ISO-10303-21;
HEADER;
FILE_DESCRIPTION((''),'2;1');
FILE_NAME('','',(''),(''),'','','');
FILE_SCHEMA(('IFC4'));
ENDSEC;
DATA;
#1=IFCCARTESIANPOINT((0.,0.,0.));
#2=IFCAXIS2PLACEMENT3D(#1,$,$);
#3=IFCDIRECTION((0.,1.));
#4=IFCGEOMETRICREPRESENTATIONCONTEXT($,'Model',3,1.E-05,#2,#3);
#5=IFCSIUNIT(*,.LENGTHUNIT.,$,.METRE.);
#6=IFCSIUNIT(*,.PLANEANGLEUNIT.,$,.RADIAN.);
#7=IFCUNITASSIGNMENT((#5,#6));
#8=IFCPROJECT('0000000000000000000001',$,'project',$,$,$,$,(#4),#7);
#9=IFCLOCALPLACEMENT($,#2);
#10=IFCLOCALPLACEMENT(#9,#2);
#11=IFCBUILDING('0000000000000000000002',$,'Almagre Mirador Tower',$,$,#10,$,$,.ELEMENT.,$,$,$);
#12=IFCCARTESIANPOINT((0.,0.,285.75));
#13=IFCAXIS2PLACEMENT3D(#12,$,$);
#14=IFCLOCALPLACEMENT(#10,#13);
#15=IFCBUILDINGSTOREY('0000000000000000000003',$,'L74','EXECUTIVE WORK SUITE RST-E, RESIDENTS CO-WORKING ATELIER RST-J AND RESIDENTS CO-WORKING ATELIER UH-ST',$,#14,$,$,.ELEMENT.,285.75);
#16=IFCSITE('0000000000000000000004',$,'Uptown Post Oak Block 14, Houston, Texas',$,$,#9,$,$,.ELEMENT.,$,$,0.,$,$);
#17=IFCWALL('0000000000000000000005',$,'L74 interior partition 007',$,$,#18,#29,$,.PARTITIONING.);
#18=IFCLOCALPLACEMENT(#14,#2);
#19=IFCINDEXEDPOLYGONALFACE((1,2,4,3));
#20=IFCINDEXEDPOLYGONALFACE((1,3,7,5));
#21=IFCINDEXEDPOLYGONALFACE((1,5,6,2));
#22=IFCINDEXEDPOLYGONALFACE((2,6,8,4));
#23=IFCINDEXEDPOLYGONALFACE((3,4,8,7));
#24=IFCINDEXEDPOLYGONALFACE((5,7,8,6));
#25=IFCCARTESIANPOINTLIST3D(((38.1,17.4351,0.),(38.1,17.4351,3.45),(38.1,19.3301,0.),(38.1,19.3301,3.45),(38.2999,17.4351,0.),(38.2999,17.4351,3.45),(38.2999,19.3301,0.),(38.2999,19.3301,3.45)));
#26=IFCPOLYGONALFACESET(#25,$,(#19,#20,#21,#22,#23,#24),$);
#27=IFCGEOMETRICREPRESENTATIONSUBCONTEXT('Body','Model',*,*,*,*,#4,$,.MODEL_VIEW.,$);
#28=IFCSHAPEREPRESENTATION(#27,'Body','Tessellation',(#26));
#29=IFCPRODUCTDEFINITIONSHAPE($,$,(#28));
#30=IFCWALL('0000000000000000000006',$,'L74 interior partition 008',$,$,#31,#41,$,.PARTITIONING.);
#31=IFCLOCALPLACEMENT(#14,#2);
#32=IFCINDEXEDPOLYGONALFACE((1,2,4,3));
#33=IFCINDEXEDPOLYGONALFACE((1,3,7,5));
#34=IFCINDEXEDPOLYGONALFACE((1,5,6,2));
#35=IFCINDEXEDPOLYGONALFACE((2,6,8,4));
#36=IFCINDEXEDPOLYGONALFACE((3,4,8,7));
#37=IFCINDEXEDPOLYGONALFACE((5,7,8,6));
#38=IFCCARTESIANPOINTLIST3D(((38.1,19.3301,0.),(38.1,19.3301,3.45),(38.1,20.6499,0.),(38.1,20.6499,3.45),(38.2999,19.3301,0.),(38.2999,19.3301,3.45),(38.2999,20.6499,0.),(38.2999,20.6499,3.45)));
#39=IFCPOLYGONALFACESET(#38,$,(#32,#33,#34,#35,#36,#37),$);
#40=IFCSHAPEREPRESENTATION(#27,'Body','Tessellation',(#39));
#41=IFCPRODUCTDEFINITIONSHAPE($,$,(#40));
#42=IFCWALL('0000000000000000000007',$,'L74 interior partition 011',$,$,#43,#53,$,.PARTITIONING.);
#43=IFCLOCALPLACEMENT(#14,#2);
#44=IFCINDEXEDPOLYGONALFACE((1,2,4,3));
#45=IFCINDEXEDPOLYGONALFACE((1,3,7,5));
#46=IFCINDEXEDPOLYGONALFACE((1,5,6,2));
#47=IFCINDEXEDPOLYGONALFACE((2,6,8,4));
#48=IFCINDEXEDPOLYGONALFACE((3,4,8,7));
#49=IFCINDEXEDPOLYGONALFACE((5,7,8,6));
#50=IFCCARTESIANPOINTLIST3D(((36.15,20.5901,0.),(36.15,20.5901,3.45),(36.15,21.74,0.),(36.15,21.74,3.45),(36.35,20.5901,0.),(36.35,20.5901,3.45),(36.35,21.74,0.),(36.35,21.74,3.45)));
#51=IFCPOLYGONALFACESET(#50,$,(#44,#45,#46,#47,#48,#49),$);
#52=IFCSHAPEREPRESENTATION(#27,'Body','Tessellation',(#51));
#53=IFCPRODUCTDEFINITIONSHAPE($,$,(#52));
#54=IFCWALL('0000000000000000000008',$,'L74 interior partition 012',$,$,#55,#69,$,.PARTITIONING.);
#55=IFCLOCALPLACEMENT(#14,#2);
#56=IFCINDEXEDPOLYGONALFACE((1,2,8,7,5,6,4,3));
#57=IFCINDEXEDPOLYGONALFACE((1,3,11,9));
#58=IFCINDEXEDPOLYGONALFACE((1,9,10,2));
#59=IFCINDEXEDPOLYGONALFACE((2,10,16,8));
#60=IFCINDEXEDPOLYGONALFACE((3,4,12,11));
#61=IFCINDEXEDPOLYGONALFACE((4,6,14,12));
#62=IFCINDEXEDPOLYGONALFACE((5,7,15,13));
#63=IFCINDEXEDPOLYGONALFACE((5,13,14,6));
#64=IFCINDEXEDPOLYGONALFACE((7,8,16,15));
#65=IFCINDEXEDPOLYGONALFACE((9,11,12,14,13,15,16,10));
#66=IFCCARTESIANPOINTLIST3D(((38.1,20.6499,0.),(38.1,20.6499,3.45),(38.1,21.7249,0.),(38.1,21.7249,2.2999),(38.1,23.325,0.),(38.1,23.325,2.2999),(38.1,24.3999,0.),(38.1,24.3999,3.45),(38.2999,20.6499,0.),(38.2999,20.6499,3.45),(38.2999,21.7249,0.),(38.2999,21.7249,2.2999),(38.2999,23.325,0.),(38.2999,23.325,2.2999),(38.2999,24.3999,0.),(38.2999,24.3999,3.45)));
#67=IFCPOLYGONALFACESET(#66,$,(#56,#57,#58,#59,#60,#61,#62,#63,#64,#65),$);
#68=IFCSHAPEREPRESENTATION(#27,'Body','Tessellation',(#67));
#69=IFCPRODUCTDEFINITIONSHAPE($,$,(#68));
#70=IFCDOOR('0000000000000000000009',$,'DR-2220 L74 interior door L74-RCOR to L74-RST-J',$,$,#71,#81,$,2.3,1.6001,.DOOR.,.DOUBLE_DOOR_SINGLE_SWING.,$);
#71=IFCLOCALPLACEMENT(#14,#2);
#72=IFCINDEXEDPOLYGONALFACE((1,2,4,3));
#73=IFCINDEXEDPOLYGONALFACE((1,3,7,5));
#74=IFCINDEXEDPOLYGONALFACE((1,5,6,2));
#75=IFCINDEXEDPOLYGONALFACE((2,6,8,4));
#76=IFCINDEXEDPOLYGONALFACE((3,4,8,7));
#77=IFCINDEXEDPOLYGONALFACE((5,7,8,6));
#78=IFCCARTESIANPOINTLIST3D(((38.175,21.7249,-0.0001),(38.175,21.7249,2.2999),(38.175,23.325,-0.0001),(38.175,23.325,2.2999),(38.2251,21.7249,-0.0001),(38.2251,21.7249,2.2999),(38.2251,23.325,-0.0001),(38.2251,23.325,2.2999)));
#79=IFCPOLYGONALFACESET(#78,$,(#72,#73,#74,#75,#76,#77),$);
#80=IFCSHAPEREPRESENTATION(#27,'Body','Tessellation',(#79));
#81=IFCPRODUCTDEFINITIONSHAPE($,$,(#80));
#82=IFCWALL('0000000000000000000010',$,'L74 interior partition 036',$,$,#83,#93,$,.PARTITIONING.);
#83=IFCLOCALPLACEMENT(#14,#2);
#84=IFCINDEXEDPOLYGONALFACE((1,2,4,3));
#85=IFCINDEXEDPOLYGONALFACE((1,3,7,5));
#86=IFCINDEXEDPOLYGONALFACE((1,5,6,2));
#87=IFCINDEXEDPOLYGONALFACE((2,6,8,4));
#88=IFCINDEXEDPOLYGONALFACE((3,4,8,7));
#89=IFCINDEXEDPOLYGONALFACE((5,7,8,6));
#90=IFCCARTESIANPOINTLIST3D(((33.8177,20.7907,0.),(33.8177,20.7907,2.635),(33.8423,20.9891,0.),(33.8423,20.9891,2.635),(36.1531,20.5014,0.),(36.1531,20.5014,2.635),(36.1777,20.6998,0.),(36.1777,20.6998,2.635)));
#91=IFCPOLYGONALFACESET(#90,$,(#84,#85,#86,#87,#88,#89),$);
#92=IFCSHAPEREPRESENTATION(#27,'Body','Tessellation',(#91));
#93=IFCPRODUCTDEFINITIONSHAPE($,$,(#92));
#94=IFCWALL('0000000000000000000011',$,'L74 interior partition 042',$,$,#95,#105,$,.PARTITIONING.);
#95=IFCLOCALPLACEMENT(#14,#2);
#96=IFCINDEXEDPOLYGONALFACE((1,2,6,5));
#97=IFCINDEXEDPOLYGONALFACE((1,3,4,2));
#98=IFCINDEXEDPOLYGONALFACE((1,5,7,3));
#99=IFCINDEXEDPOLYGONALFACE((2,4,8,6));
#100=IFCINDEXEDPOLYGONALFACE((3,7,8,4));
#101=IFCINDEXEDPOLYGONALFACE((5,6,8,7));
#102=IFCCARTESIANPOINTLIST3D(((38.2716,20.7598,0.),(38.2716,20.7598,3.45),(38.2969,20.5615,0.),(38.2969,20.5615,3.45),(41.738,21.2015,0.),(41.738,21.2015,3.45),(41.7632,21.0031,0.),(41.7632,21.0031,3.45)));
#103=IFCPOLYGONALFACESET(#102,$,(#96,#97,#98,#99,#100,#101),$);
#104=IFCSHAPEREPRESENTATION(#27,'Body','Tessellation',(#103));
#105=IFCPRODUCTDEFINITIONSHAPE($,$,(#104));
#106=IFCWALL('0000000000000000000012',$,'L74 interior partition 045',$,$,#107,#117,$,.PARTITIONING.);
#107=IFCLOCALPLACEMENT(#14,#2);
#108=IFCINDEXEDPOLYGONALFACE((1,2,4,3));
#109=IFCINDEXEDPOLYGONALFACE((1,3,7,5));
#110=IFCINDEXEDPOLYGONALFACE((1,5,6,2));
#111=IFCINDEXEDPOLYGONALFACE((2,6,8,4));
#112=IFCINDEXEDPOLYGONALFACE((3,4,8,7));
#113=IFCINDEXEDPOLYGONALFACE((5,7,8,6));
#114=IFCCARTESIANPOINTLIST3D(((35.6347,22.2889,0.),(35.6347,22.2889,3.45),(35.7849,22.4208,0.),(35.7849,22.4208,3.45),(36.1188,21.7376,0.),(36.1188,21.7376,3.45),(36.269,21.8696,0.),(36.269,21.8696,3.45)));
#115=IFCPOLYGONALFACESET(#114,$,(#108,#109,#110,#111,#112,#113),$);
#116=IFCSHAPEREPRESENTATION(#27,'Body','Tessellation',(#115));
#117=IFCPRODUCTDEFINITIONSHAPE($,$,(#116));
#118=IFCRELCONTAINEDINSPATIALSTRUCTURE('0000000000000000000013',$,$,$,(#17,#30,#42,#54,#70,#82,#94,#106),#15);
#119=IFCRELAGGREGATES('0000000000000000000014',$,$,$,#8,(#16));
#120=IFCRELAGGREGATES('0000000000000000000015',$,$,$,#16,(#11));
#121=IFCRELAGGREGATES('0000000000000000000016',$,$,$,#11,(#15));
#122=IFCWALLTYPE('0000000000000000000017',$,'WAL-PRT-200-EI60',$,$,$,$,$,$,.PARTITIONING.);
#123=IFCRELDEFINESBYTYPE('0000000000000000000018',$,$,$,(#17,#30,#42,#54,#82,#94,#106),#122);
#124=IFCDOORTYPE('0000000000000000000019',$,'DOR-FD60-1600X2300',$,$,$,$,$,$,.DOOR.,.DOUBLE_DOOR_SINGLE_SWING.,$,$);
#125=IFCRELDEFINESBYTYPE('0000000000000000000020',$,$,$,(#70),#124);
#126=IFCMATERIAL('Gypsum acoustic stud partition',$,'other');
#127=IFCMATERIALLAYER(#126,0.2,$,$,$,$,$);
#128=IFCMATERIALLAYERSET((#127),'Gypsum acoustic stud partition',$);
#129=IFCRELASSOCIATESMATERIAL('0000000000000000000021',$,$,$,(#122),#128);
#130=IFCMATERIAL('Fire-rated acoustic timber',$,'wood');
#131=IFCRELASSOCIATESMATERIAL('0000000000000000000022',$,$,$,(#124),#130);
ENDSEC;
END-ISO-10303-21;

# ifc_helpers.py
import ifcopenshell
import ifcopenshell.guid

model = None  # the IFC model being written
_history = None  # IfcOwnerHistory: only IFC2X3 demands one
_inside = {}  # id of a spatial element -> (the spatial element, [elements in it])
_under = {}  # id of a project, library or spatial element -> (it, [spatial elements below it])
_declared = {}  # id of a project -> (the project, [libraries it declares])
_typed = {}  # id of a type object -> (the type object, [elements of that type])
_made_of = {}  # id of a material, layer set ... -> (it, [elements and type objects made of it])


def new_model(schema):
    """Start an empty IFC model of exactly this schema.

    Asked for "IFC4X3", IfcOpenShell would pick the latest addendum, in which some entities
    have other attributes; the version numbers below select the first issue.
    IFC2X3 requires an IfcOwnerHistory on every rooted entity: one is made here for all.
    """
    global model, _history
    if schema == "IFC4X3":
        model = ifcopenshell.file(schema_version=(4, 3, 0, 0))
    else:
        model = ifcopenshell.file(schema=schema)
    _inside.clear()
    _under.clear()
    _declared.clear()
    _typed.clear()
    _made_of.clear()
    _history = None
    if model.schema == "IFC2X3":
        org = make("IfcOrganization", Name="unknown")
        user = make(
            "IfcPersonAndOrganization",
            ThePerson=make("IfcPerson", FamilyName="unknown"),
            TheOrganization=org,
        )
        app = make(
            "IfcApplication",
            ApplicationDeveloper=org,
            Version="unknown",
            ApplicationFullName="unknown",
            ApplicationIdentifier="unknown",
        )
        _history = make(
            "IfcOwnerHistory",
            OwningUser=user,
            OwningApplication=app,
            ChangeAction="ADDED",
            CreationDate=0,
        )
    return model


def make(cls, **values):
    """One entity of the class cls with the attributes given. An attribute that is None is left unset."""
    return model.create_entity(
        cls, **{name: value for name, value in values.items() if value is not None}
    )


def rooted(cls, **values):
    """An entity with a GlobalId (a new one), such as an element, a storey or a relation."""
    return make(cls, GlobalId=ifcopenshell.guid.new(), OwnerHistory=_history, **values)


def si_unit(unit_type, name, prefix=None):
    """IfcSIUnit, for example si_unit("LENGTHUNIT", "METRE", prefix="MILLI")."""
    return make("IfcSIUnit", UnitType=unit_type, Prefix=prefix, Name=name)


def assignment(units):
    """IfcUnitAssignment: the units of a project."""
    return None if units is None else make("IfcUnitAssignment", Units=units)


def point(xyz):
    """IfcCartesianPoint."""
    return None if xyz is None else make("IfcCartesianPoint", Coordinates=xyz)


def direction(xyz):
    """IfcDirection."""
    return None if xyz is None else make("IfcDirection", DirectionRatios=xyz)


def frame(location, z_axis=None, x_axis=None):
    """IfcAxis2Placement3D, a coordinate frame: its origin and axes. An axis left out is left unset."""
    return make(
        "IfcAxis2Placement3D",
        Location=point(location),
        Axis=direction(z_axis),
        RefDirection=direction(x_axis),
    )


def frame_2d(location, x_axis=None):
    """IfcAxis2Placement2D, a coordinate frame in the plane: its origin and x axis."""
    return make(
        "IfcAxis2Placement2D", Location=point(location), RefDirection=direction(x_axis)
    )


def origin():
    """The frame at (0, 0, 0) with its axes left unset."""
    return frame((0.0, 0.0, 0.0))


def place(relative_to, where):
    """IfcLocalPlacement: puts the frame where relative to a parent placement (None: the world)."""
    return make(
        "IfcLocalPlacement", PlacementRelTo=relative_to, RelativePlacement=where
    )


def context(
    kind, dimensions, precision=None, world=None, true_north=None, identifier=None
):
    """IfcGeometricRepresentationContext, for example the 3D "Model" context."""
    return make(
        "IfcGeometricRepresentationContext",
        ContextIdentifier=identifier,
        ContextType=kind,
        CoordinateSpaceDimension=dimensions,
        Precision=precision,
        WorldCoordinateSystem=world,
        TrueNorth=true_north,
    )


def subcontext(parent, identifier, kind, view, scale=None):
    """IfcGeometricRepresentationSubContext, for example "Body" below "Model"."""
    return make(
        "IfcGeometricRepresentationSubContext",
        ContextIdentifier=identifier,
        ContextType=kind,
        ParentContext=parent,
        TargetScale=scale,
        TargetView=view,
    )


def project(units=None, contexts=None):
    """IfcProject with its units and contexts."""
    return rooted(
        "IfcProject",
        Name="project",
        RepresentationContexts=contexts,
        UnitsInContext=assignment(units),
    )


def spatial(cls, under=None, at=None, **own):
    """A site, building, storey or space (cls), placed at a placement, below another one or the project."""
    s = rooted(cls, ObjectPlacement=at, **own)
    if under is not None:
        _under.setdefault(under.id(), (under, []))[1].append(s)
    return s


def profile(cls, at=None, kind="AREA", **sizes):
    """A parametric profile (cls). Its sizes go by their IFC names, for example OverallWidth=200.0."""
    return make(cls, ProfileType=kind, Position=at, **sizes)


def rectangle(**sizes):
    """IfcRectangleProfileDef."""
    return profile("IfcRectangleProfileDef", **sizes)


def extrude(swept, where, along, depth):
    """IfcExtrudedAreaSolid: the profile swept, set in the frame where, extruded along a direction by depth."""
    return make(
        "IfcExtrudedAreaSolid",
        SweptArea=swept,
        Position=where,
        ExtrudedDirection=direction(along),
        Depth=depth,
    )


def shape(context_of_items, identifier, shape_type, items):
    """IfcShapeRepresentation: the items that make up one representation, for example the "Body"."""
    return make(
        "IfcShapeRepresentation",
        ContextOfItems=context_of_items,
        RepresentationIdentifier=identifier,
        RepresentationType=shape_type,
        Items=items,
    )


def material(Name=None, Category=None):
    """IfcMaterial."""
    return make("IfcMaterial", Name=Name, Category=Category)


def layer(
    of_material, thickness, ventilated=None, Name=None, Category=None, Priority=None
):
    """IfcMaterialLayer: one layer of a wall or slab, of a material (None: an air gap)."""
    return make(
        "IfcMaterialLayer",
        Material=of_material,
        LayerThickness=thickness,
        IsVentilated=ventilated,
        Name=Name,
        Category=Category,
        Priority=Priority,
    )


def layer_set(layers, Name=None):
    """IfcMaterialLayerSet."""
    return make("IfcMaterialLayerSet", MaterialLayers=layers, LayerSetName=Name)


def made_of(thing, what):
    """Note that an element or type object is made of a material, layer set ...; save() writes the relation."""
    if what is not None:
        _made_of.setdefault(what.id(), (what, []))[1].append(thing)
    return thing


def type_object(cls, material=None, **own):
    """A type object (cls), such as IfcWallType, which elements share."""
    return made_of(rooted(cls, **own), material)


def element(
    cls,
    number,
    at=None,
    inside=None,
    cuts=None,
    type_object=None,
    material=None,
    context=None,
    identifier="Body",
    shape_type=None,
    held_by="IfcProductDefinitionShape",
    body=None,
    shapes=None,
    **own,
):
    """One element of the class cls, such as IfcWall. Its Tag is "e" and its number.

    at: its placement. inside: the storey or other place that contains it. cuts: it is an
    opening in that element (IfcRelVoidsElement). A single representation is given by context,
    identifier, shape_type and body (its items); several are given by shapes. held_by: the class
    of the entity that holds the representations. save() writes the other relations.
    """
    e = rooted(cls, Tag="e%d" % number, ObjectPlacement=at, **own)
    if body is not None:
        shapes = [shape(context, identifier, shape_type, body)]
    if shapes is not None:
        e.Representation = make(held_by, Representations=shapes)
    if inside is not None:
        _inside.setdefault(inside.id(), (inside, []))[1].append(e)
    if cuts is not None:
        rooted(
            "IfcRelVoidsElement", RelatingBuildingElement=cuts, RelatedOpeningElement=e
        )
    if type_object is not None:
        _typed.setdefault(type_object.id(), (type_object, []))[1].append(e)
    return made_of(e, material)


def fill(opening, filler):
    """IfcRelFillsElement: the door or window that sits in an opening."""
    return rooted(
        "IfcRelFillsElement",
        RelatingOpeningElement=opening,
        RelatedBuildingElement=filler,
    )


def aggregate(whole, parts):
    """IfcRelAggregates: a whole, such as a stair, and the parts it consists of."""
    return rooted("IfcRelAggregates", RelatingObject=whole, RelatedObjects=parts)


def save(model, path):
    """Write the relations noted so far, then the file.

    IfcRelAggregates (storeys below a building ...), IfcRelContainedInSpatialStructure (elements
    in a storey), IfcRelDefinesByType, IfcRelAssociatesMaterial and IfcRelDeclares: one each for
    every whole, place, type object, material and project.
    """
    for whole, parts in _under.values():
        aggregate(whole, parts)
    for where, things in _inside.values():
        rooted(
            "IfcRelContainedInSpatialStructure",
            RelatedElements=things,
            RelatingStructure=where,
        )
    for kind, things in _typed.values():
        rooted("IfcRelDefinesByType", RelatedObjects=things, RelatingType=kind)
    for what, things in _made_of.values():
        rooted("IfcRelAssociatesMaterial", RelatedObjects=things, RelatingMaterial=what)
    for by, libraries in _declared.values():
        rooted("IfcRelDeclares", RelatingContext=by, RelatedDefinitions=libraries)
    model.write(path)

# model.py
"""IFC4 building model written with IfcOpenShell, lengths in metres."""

from ifc_helpers import new_model, si_unit, direction, frame, frame_2d, origin, place, context, subcontext, project, spatial, rectangle, extrude, material, layer, layer_set, type_object, element, fill, save


model = new_model("IFC4")

# Units and contexts
model_context = context("Model", 3, precision=1e-05, world=origin(), true_north=direction((0.0, 1.0)))
body_context = subcontext(model_context, "Body", "Model", "MODEL_VIEW")
ifc_project = project(units=[si_unit("LENGTHUNIT", "METRE"), si_unit("PLANEANGLEUNIT", "RADIAN")], contexts=[model_context])

# Site, building, storey
site_placement = place(None, origin())
site = spatial("IfcSite", under=ifc_project, at=site_placement, Name="Uptown Post Oak Block 14, Houston, Texas", CompositionType="ELEMENT", RefElevation=0.0)
building_placement = place(site_placement, origin())
building = spatial("IfcBuilding", under=site, at=building_placement, Name="Almagre Mirador Tower", CompositionType="ELEMENT")
storey_placement = place(building_placement, frame((0.0, 0.0, 285.75)))
storey = spatial("IfcBuildingStorey", under=building, at=storey_placement, Name="L74", Description="EXECUTIVE WORK SUITE RST-E, RESIDENTS CO-WORKING ATELIER RST-J AND RESIDENTS CO-WORKING ATELIER UH-ST", CompositionType="ELEMENT", Elevation=285.75)

# Shared definitions
ifc_material_1 = material(Name="Gypsum acoustic stud partition", Category="other")
ifc_layer_1 = layer(ifc_material_1, 0.2)
ifc_layer_set_1 = layer_set([ifc_layer_1], Name="Gypsum acoustic stud partition")
wall_type_1 = type_object("IfcWallType", Name="WAL-PRT-200-EI60", PredefinedType="PARTITIONING", material=ifc_layer_set_1)

# Walls
wall_1_placement = place(storey_placement, frame((38.2, 17.4351, 0.0), z_axis=(0.0, 0.0, 1.0), x_axis=(0.0, 1.0, 0.0)))
element("IfcWall", 1, at=wall_1_placement, inside=storey, type_object=wall_type_1, Name="L74 interior partition 007", PredefinedType="PARTITIONING", context=body_context, shape_type="SweptSolid", body=[
    extrude(rectangle(XDim=1.895, YDim=0.2, at=frame_2d((0.9475, 0.0))), origin(), (0.0, 0.0, 1.0), 3.45),
])
wall_2_placement = place(storey_placement, frame((38.2, 19.3301, 0.0), z_axis=(0.0, 0.0, 1.0), x_axis=(0.0, 1.0, 0.0)))
element("IfcWall", 2, at=wall_2_placement, inside=storey, type_object=wall_type_1, Name="L74 interior partition 008", PredefinedType="PARTITIONING", context=body_context, shape_type="SweptSolid", body=[
    extrude(rectangle(XDim=1.3198, YDim=0.2, at=frame_2d((0.6599, 0.0))), origin(), (0.0, 0.0, 1.0), 3.45),
])
wall_3_placement = place(storey_placement, frame((36.25, 21.74, 0.0), z_axis=(0.0, 0.0, 1.0), x_axis=(0.0, -1.0, 0.0)))
element("IfcWall", 3, at=wall_3_placement, inside=storey, type_object=wall_type_1, Name="L74 interior partition 011", PredefinedType="PARTITIONING", context=body_context, shape_type="SweptSolid", body=[
    extrude(rectangle(XDim=1.1499, YDim=0.2, at=frame_2d((0.575, 0.0))), origin(), (0.0, 0.0, 1.0), 3.45),
])

# Wall, opening, door
wall_4_placement = place(storey_placement, frame((38.2, 20.6499, 0.0), z_axis=(0.0, 0.0, 1.0), x_axis=(0.0, 1.0, 0.0)))
wall_4 = element("IfcWall", 4, at=wall_4_placement, inside=storey, type_object=wall_type_1, Name="L74 interior partition 012", PredefinedType="PARTITIONING", context=body_context, shape_type="SweptSolid", body=[
    extrude(rectangle(XDim=3.75, YDim=0.2, at=frame_2d((1.875, 0.0))), origin(), (0.0, 0.0, 1.0), 3.45),
])
opening_1_placement = place(wall_4_placement, frame((1.075, 0.0, 0.0)))
opening_1 = element("IfcOpeningElement", 5, at=opening_1_placement, cuts=wall_4, PredefinedType="OPENING", context=body_context, shape_type="SweptSolid", body=[
    extrude(rectangle(XDim=1.6001, YDim=2.3, at=frame_2d((0.8, 1.1499))), frame((0.0, 0.1101, 0.0), z_axis=(0.0, -1.0, 0.0), x_axis=(1.0, 0.0, 0.0)), (0.0, 0.0, 1.0), 0.22),
])
ifc_material_2 = material(Name="Fire-rated acoustic timber", Category="wood")
door_type_1 = type_object("IfcDoorType", Name="DOR-FD60-1600X2300", OperationType="DOUBLE_DOOR_SINGLE_SWING", PredefinedType="DOOR", material=ifc_material_2)
door_1_placement = place(opening_1_placement, origin())
door_1 = element("IfcDoor", 6, at=door_1_placement, inside=storey, type_object=door_type_1, Name="DR-2220 L74 interior door L74-RCOR to L74-RST-J", OperationType="DOUBLE_DOOR_SINGLE_SWING", OverallHeight=2.3, OverallWidth=1.6001, PredefinedType="DOOR", context=body_context, shape_type="SweptSolid", body=[
    extrude(rectangle(XDim=1.6001, YDim=2.3, at=frame_2d((0.8, 1.1499))), frame((0.0, 0.0249, 0.0), z_axis=(0.0, -1.0, 0.0), x_axis=(1.0, 0.0, 0.0)), (0.0, 0.0, 1.0), 0.05),
])
fill(opening_1, door_1)

# Walls
wall_5_placement = place(storey_placement, frame((36.1655, 20.6006, 0.0), z_axis=(0.0, 0.0, 1.0), x_axis=(-0.992415, 0.122937, 0.0)))
element("IfcWall", 7, at=wall_5_placement, inside=storey, type_object=wall_type_1, Name="L74 interior partition 036", PredefinedType="PARTITIONING", context=body_context, shape_type="SweptSolid", body=[
    extrude(rectangle(XDim=2.3533, YDim=0.2, at=frame_2d((1.1768, 0.0))), origin(), (0.0, 0.0, 1.0), 2.635),
])
wall_6_placement = place(storey_placement, frame((41.7505, 21.1023, 0.0), z_axis=(0.0, 0.0, 1.0), x_axis=(-0.991981, -0.126391, 0.0)))
element("IfcWall", 8, at=wall_6_placement, inside=storey, type_object=wall_type_1, Name="L74 interior partition 042", PredefinedType="PARTITIONING", context=body_context, shape_type="SweptSolid", body=[
    extrude(rectangle(XDim=3.4944, YDim=0.2, at=frame_2d((1.7471, 0.0))), origin(), (0.0, 0.0, 1.0), 3.45),
])
wall_7_placement = place(storey_placement, frame((36.1938, 21.8037, 0.0), z_axis=(0.0, 0.0, 1.0), x_axis=(-0.65987, 0.75138, 0.0)))
element("IfcWall", 9, at=wall_7_placement, inside=storey, type_object=wall_type_1, Name="L74 interior partition 045", PredefinedType="PARTITIONING", context=body_context, shape_type="SweptSolid", body=[
    extrude(rectangle(XDim=0.7336, YDim=0.2, at=frame_2d((0.3667, 0.0))), origin(), (0.0, 0.0, 1.0), 3.45),
])

save(model, "model.ifc")
